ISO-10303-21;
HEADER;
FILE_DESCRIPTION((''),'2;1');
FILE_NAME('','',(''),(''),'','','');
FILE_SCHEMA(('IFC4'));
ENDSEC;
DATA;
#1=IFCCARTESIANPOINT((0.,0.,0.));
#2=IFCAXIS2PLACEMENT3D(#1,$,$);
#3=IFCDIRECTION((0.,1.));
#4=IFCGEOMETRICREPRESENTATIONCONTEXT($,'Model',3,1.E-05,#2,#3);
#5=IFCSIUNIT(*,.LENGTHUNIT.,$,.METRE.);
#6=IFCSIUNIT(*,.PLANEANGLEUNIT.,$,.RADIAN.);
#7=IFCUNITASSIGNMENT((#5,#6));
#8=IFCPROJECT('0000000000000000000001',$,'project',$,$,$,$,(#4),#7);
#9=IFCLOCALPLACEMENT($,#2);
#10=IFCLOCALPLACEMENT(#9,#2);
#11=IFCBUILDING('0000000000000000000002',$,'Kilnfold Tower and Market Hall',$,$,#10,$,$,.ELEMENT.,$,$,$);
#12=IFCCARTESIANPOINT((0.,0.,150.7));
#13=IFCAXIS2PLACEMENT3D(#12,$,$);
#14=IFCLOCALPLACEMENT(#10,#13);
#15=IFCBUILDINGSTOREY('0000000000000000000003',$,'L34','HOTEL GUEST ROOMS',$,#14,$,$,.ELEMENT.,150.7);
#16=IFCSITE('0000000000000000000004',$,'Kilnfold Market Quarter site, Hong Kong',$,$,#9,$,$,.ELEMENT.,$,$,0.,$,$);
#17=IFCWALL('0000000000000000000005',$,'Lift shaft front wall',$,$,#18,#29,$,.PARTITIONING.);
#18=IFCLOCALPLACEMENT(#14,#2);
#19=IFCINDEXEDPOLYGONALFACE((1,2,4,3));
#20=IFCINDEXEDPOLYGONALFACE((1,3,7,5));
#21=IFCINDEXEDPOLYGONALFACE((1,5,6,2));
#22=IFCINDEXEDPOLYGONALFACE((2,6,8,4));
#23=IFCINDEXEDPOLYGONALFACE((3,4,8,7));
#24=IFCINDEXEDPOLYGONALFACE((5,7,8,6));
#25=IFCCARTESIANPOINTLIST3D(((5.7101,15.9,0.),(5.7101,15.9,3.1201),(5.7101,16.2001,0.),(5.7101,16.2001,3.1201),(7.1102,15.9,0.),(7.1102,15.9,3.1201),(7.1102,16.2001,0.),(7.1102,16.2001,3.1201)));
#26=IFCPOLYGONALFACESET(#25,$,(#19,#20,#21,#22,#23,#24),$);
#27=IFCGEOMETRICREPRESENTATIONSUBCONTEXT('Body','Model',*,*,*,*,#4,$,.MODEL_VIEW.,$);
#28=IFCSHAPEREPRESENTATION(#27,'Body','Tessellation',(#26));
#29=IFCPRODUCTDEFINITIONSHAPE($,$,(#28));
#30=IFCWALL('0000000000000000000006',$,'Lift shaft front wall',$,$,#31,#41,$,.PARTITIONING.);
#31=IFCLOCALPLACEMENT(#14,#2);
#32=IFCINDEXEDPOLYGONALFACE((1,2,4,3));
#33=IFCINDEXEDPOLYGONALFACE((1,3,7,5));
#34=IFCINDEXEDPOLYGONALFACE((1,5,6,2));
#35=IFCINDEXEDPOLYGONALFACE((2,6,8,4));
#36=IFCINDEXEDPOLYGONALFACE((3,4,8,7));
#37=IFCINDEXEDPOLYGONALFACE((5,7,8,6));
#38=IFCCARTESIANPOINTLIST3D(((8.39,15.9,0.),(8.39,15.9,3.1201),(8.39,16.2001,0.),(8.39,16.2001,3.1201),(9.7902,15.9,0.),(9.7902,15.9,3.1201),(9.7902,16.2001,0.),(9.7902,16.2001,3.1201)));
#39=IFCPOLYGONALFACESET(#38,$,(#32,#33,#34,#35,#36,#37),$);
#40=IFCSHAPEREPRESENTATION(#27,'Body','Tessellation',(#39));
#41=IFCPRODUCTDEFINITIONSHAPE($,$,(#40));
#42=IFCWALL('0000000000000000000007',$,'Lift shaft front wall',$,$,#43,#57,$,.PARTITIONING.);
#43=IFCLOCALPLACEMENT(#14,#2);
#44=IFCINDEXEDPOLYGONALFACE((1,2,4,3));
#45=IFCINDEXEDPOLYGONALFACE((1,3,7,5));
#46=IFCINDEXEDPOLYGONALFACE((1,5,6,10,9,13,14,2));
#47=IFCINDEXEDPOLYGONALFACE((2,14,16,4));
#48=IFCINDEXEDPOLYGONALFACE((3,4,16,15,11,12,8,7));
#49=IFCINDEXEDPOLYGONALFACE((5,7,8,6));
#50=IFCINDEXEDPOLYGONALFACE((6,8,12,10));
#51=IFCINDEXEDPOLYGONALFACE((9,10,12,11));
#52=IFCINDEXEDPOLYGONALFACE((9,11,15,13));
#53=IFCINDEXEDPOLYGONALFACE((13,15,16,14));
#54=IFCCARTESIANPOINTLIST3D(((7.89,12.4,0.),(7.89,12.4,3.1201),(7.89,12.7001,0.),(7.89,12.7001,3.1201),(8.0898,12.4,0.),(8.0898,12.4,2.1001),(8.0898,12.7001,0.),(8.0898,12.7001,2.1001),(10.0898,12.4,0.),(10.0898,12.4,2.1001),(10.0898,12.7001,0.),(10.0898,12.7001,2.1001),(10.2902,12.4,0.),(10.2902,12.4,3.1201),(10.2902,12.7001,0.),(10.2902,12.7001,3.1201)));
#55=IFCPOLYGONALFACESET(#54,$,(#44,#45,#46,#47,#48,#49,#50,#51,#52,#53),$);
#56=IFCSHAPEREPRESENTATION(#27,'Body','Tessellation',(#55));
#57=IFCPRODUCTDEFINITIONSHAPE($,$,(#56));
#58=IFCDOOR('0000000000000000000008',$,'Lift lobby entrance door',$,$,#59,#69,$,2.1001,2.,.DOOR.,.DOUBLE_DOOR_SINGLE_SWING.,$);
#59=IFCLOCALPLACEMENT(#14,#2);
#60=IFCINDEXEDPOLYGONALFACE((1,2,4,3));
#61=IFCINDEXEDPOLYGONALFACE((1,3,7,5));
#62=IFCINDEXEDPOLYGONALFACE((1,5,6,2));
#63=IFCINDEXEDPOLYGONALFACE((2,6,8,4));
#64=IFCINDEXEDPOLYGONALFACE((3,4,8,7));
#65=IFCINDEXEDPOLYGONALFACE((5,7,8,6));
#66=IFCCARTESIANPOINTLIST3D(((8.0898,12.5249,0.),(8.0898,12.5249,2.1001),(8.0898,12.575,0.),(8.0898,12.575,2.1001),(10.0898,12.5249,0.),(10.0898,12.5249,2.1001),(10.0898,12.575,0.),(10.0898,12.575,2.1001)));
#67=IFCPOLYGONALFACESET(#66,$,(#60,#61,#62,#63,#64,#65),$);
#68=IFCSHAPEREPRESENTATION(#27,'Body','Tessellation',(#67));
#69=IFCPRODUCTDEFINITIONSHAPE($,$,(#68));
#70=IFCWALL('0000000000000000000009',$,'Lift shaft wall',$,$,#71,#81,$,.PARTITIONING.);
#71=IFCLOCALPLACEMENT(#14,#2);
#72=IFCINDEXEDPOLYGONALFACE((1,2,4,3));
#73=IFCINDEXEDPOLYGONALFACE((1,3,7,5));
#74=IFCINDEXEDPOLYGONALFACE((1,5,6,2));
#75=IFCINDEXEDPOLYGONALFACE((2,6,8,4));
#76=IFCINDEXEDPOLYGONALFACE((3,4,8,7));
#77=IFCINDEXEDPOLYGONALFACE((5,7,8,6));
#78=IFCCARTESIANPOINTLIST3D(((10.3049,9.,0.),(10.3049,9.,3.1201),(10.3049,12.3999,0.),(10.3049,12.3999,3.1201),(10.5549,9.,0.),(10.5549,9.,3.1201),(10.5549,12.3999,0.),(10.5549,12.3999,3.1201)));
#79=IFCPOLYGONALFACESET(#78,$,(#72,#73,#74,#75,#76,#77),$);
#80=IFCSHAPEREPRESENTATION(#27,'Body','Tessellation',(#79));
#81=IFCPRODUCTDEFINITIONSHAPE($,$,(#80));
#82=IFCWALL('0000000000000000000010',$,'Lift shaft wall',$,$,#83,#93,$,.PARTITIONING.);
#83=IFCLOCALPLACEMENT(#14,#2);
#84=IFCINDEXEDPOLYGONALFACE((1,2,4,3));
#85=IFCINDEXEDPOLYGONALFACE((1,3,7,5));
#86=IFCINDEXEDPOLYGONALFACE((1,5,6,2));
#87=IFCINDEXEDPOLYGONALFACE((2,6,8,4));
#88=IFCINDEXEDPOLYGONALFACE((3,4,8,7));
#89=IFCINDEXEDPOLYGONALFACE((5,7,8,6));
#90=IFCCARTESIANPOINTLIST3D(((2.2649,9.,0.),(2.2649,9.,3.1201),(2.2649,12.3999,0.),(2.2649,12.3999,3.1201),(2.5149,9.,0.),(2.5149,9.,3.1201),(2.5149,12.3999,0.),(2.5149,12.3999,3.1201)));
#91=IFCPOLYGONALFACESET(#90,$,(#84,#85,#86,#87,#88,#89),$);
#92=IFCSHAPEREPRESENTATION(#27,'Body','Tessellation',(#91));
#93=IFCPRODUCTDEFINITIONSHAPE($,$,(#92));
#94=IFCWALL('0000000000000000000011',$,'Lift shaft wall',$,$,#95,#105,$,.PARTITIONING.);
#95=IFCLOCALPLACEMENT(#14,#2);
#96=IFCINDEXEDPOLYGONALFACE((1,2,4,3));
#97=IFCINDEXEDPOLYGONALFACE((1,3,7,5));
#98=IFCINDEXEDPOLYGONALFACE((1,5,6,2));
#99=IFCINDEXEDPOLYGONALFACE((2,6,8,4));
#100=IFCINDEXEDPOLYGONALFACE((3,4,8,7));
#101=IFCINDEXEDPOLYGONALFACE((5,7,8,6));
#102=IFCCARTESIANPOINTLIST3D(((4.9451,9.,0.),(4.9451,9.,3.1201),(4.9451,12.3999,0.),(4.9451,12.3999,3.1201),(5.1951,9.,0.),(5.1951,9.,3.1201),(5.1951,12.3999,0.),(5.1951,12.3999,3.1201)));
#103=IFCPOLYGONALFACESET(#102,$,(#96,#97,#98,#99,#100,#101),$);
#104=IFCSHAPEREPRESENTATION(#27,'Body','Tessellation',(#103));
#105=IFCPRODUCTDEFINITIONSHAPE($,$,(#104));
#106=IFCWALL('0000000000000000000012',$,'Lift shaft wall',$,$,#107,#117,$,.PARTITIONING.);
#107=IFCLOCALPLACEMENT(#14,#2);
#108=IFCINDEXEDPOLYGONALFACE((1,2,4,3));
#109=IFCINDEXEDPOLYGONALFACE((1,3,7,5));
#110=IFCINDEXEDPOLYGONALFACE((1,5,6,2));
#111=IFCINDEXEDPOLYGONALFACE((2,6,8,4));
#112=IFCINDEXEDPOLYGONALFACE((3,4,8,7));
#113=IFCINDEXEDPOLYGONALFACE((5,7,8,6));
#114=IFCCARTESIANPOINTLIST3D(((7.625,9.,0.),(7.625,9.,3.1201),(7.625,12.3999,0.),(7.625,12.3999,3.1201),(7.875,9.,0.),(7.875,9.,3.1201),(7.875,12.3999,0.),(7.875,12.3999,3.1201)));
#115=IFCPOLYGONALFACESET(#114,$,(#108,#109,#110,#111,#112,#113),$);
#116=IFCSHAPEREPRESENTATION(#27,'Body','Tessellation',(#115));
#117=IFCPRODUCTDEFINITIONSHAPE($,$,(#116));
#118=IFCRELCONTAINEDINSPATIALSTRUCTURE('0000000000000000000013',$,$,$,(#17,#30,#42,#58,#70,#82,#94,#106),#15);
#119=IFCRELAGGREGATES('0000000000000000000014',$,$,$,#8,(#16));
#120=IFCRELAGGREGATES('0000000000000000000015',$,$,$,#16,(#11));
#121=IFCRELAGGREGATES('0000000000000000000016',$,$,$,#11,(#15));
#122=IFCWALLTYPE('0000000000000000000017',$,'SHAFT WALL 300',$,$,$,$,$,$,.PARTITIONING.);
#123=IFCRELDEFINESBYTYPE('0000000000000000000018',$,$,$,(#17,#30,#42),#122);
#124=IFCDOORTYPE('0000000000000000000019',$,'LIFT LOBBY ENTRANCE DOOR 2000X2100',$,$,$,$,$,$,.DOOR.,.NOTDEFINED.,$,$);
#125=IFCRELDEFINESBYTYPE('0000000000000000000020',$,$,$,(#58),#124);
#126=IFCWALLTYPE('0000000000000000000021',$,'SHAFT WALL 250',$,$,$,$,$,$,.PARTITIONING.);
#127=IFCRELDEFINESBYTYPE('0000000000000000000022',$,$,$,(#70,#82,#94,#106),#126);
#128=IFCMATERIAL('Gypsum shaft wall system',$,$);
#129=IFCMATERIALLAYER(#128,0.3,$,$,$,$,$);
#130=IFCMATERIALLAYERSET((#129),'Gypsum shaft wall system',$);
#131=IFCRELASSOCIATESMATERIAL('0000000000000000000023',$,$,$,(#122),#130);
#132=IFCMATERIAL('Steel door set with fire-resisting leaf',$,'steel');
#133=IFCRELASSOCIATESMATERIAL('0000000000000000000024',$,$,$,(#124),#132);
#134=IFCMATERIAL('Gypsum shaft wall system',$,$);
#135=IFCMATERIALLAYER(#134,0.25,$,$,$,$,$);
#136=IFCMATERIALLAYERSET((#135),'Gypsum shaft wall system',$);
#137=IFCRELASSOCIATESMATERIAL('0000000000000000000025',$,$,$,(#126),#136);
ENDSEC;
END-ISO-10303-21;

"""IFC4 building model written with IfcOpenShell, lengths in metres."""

from ifc_helpers import new_model, si_unit, direction, frame, frame_2d, origin, place, context, subcontext, project, spatial, rectangle, extrude, source, transform, mapped, material, layer, layer_set, type_object, element, fill, save


model = new_model("IFC4")

# Units and contexts
model_context = context("Model", 3, precision=1e-05, world=origin(), true_north=direction((0.0, 1.0)))
body_context = subcontext(model_context, "Body", "Model", "MODEL_VIEW")
ifc_project = project(units=[si_unit("LENGTHUNIT", "METRE"), si_unit("PLANEANGLEUNIT", "RADIAN")], contexts=[model_context])

# Site, building, storey
site_placement = place(None, origin())
site = spatial("IfcSite", under=ifc_project, at=site_placement, Name="Kilnfold Market Quarter site, Hong Kong", CompositionType="ELEMENT", RefElevation=0.0)
building_placement = place(site_placement, origin())
building = spatial("IfcBuilding", under=site, at=building_placement, Name="Kilnfold Tower and Market Hall", CompositionType="ELEMENT")
storey_placement = place(building_placement, frame((0.0, 0.0, 150.7)))
storey = spatial("IfcBuildingStorey", under=building, at=storey_placement, Name="L34", Description="HOTEL GUEST ROOMS", CompositionType="ELEMENT", Elevation=150.7)

# Shared definitions
ifc_material_1 = material(Name="Gypsum shaft wall system")
ifc_layer_1 = layer(ifc_material_1, 0.3)
ifc_layer_set_1 = layer_set([ifc_layer_1], Name="Gypsum shaft wall system")
wall_type_1 = type_object("IfcWallType", Name="SHAFT WALL 300", PredefinedType="PARTITIONING", material=ifc_layer_set_1)

# Shared definitions
shared_shape_1 = source(origin(), body_context, "Body", "SweptSolid", [
    extrude(rectangle(XDim=1.4001, YDim=0.3, at=frame_2d((0.7002, 0.0))), origin(), (0.0, 0.0, 1.0), 3.1201),
])

# Walls
for number, where, z_axis, x_axis, name in (
    (1, (5.71, 16.05, 0.0), (0.0, 0.0, 1.0), (1.0, 0.0, 0.0), "Lift shaft front wall"),
    (2, (8.3899, 16.05, 0.0), (0.0, 0.0, 1.0), (1.0, 0.0, 0.0), "Lift shaft front wall"),
):
    element("IfcWall", number, at=place(storey_placement, frame(where, z_axis=z_axis, x_axis=x_axis)), inside=storey, type_object=wall_type_1, Name=name, PredefinedType="PARTITIONING", context=body_context, shape_type="MappedRepresentation", body=[
        mapped(shared_shape_1, transform((0.0, 0.0, 0.0))),
    ])

# Wall, opening, door
shared_shape_2 = source(origin(), body_context, "Body", "SweptSolid", [
    extrude(rectangle(XDim=2.4001, YDim=0.3, at=frame_2d((1.2002, 0.0))), origin(), (0.0, 0.0, 1.0), 3.1201),
])
wall_1_placement = place(storey_placement, frame((7.8899, 12.55, 0.0), z_axis=(0.0, 0.0, 1.0), x_axis=(1.0, 0.0, 0.0)))
wall_1 = element("IfcWall", 3, at=wall_1_placement, inside=storey, type_object=wall_type_1, Name="Lift shaft front wall", PredefinedType="PARTITIONING", context=body_context, shape_type="MappedRepresentation", body=[
    mapped(shared_shape_2, transform((0.0, 0.0, 0.0))),
])
opening_1_placement = place(wall_1_placement, frame((0.2, 0.0, 0.0)))
opening_1 = element("IfcOpeningElement", 4, at=opening_1_placement, cuts=wall_1, PredefinedType="OPENING", context=body_context, shape_type="SweptSolid", body=[
    extrude(rectangle(XDim=2.0, YDim=2.1001, at=frame_2d((1.0, 1.05))), frame((0.0, 0.1602, 0.0), z_axis=(0.0, -1.0, 0.0), x_axis=(1.0, 0.0, 0.0)), (0.0, 0.0, 1.0), 0.3201),
])
ifc_material_2 = material(Name="Steel door set with fire-resisting leaf", Category="steel")
door_type_1 = type_object("IfcDoorType", Name="LIFT LOBBY ENTRANCE DOOR 2000X2100", OperationType="NOTDEFINED", PredefinedType="DOOR", material=ifc_material_2)
door_1_placement = place(opening_1_placement, origin())
door_1 = element("IfcDoor", 5, at=door_1_placement, inside=storey, type_object=door_type_1, Name="Lift lobby entrance door", OperationType="DOUBLE_DOOR_SINGLE_SWING", OverallHeight=2.1001, OverallWidth=2.0, PredefinedType="DOOR", context=body_context, shape_type="SweptSolid", body=[
    extrude(rectangle(XDim=2.0, YDim=2.1001, at=frame_2d((1.0, 1.05))), frame((0.0, 0.0249, 0.0), z_axis=(0.0, -1.0, 0.0), x_axis=(1.0, 0.0, 0.0)), (0.0, 0.0, 1.0), 0.05),
])
fill(opening_1, door_1)

# Walls
ifc_material_3 = material(Name="Gypsum shaft wall system")
ifc_layer_2 = layer(ifc_material_3, 0.25)
ifc_layer_set_2 = layer_set([ifc_layer_2], Name="Gypsum shaft wall system")
wall_type_2 = type_object("IfcWallType", Name="SHAFT WALL 250", PredefinedType="PARTITIONING", material=ifc_layer_set_2)
shared_shape_3 = source(origin(), body_context, "Body", "SweptSolid", [
    extrude(rectangle(XDim=3.3999, YDim=0.25, at=frame_2d((1.7, 0.0))), origin(), (0.0, 0.0, 1.0), 3.1201),
])
for number, where, z_axis, x_axis, name in (
    (6, (10.4299, 9.0, 0.0), (0.0, 0.0, 1.0), (0.0, 1.0, 0.0), "Lift shaft wall"),
    (7, (2.3899, 9.0, 0.0), (0.0, 0.0, 1.0), (0.0, 1.0, 0.0), "Lift shaft wall"),
    (8, (5.0701, 9.0, 0.0), (0.0, 0.0, 1.0), (0.0, 1.0, 0.0), "Lift shaft wall"),
    (9, (7.75, 9.0, 0.0), (0.0, 0.0, 1.0), (0.0, 1.0, 0.0), "Lift shaft wall"),
):
    element("IfcWall", number, at=place(storey_placement, frame(where, z_axis=z_axis, x_axis=x_axis)), inside=storey, type_object=wall_type_2, Name=name, PredefinedType="PARTITIONING", context=body_context, shape_type="MappedRepresentation", body=[
        mapped(shared_shape_3, transform((0.0, 0.0, 0.0))),
    ])

save(model, "model.ifc")
